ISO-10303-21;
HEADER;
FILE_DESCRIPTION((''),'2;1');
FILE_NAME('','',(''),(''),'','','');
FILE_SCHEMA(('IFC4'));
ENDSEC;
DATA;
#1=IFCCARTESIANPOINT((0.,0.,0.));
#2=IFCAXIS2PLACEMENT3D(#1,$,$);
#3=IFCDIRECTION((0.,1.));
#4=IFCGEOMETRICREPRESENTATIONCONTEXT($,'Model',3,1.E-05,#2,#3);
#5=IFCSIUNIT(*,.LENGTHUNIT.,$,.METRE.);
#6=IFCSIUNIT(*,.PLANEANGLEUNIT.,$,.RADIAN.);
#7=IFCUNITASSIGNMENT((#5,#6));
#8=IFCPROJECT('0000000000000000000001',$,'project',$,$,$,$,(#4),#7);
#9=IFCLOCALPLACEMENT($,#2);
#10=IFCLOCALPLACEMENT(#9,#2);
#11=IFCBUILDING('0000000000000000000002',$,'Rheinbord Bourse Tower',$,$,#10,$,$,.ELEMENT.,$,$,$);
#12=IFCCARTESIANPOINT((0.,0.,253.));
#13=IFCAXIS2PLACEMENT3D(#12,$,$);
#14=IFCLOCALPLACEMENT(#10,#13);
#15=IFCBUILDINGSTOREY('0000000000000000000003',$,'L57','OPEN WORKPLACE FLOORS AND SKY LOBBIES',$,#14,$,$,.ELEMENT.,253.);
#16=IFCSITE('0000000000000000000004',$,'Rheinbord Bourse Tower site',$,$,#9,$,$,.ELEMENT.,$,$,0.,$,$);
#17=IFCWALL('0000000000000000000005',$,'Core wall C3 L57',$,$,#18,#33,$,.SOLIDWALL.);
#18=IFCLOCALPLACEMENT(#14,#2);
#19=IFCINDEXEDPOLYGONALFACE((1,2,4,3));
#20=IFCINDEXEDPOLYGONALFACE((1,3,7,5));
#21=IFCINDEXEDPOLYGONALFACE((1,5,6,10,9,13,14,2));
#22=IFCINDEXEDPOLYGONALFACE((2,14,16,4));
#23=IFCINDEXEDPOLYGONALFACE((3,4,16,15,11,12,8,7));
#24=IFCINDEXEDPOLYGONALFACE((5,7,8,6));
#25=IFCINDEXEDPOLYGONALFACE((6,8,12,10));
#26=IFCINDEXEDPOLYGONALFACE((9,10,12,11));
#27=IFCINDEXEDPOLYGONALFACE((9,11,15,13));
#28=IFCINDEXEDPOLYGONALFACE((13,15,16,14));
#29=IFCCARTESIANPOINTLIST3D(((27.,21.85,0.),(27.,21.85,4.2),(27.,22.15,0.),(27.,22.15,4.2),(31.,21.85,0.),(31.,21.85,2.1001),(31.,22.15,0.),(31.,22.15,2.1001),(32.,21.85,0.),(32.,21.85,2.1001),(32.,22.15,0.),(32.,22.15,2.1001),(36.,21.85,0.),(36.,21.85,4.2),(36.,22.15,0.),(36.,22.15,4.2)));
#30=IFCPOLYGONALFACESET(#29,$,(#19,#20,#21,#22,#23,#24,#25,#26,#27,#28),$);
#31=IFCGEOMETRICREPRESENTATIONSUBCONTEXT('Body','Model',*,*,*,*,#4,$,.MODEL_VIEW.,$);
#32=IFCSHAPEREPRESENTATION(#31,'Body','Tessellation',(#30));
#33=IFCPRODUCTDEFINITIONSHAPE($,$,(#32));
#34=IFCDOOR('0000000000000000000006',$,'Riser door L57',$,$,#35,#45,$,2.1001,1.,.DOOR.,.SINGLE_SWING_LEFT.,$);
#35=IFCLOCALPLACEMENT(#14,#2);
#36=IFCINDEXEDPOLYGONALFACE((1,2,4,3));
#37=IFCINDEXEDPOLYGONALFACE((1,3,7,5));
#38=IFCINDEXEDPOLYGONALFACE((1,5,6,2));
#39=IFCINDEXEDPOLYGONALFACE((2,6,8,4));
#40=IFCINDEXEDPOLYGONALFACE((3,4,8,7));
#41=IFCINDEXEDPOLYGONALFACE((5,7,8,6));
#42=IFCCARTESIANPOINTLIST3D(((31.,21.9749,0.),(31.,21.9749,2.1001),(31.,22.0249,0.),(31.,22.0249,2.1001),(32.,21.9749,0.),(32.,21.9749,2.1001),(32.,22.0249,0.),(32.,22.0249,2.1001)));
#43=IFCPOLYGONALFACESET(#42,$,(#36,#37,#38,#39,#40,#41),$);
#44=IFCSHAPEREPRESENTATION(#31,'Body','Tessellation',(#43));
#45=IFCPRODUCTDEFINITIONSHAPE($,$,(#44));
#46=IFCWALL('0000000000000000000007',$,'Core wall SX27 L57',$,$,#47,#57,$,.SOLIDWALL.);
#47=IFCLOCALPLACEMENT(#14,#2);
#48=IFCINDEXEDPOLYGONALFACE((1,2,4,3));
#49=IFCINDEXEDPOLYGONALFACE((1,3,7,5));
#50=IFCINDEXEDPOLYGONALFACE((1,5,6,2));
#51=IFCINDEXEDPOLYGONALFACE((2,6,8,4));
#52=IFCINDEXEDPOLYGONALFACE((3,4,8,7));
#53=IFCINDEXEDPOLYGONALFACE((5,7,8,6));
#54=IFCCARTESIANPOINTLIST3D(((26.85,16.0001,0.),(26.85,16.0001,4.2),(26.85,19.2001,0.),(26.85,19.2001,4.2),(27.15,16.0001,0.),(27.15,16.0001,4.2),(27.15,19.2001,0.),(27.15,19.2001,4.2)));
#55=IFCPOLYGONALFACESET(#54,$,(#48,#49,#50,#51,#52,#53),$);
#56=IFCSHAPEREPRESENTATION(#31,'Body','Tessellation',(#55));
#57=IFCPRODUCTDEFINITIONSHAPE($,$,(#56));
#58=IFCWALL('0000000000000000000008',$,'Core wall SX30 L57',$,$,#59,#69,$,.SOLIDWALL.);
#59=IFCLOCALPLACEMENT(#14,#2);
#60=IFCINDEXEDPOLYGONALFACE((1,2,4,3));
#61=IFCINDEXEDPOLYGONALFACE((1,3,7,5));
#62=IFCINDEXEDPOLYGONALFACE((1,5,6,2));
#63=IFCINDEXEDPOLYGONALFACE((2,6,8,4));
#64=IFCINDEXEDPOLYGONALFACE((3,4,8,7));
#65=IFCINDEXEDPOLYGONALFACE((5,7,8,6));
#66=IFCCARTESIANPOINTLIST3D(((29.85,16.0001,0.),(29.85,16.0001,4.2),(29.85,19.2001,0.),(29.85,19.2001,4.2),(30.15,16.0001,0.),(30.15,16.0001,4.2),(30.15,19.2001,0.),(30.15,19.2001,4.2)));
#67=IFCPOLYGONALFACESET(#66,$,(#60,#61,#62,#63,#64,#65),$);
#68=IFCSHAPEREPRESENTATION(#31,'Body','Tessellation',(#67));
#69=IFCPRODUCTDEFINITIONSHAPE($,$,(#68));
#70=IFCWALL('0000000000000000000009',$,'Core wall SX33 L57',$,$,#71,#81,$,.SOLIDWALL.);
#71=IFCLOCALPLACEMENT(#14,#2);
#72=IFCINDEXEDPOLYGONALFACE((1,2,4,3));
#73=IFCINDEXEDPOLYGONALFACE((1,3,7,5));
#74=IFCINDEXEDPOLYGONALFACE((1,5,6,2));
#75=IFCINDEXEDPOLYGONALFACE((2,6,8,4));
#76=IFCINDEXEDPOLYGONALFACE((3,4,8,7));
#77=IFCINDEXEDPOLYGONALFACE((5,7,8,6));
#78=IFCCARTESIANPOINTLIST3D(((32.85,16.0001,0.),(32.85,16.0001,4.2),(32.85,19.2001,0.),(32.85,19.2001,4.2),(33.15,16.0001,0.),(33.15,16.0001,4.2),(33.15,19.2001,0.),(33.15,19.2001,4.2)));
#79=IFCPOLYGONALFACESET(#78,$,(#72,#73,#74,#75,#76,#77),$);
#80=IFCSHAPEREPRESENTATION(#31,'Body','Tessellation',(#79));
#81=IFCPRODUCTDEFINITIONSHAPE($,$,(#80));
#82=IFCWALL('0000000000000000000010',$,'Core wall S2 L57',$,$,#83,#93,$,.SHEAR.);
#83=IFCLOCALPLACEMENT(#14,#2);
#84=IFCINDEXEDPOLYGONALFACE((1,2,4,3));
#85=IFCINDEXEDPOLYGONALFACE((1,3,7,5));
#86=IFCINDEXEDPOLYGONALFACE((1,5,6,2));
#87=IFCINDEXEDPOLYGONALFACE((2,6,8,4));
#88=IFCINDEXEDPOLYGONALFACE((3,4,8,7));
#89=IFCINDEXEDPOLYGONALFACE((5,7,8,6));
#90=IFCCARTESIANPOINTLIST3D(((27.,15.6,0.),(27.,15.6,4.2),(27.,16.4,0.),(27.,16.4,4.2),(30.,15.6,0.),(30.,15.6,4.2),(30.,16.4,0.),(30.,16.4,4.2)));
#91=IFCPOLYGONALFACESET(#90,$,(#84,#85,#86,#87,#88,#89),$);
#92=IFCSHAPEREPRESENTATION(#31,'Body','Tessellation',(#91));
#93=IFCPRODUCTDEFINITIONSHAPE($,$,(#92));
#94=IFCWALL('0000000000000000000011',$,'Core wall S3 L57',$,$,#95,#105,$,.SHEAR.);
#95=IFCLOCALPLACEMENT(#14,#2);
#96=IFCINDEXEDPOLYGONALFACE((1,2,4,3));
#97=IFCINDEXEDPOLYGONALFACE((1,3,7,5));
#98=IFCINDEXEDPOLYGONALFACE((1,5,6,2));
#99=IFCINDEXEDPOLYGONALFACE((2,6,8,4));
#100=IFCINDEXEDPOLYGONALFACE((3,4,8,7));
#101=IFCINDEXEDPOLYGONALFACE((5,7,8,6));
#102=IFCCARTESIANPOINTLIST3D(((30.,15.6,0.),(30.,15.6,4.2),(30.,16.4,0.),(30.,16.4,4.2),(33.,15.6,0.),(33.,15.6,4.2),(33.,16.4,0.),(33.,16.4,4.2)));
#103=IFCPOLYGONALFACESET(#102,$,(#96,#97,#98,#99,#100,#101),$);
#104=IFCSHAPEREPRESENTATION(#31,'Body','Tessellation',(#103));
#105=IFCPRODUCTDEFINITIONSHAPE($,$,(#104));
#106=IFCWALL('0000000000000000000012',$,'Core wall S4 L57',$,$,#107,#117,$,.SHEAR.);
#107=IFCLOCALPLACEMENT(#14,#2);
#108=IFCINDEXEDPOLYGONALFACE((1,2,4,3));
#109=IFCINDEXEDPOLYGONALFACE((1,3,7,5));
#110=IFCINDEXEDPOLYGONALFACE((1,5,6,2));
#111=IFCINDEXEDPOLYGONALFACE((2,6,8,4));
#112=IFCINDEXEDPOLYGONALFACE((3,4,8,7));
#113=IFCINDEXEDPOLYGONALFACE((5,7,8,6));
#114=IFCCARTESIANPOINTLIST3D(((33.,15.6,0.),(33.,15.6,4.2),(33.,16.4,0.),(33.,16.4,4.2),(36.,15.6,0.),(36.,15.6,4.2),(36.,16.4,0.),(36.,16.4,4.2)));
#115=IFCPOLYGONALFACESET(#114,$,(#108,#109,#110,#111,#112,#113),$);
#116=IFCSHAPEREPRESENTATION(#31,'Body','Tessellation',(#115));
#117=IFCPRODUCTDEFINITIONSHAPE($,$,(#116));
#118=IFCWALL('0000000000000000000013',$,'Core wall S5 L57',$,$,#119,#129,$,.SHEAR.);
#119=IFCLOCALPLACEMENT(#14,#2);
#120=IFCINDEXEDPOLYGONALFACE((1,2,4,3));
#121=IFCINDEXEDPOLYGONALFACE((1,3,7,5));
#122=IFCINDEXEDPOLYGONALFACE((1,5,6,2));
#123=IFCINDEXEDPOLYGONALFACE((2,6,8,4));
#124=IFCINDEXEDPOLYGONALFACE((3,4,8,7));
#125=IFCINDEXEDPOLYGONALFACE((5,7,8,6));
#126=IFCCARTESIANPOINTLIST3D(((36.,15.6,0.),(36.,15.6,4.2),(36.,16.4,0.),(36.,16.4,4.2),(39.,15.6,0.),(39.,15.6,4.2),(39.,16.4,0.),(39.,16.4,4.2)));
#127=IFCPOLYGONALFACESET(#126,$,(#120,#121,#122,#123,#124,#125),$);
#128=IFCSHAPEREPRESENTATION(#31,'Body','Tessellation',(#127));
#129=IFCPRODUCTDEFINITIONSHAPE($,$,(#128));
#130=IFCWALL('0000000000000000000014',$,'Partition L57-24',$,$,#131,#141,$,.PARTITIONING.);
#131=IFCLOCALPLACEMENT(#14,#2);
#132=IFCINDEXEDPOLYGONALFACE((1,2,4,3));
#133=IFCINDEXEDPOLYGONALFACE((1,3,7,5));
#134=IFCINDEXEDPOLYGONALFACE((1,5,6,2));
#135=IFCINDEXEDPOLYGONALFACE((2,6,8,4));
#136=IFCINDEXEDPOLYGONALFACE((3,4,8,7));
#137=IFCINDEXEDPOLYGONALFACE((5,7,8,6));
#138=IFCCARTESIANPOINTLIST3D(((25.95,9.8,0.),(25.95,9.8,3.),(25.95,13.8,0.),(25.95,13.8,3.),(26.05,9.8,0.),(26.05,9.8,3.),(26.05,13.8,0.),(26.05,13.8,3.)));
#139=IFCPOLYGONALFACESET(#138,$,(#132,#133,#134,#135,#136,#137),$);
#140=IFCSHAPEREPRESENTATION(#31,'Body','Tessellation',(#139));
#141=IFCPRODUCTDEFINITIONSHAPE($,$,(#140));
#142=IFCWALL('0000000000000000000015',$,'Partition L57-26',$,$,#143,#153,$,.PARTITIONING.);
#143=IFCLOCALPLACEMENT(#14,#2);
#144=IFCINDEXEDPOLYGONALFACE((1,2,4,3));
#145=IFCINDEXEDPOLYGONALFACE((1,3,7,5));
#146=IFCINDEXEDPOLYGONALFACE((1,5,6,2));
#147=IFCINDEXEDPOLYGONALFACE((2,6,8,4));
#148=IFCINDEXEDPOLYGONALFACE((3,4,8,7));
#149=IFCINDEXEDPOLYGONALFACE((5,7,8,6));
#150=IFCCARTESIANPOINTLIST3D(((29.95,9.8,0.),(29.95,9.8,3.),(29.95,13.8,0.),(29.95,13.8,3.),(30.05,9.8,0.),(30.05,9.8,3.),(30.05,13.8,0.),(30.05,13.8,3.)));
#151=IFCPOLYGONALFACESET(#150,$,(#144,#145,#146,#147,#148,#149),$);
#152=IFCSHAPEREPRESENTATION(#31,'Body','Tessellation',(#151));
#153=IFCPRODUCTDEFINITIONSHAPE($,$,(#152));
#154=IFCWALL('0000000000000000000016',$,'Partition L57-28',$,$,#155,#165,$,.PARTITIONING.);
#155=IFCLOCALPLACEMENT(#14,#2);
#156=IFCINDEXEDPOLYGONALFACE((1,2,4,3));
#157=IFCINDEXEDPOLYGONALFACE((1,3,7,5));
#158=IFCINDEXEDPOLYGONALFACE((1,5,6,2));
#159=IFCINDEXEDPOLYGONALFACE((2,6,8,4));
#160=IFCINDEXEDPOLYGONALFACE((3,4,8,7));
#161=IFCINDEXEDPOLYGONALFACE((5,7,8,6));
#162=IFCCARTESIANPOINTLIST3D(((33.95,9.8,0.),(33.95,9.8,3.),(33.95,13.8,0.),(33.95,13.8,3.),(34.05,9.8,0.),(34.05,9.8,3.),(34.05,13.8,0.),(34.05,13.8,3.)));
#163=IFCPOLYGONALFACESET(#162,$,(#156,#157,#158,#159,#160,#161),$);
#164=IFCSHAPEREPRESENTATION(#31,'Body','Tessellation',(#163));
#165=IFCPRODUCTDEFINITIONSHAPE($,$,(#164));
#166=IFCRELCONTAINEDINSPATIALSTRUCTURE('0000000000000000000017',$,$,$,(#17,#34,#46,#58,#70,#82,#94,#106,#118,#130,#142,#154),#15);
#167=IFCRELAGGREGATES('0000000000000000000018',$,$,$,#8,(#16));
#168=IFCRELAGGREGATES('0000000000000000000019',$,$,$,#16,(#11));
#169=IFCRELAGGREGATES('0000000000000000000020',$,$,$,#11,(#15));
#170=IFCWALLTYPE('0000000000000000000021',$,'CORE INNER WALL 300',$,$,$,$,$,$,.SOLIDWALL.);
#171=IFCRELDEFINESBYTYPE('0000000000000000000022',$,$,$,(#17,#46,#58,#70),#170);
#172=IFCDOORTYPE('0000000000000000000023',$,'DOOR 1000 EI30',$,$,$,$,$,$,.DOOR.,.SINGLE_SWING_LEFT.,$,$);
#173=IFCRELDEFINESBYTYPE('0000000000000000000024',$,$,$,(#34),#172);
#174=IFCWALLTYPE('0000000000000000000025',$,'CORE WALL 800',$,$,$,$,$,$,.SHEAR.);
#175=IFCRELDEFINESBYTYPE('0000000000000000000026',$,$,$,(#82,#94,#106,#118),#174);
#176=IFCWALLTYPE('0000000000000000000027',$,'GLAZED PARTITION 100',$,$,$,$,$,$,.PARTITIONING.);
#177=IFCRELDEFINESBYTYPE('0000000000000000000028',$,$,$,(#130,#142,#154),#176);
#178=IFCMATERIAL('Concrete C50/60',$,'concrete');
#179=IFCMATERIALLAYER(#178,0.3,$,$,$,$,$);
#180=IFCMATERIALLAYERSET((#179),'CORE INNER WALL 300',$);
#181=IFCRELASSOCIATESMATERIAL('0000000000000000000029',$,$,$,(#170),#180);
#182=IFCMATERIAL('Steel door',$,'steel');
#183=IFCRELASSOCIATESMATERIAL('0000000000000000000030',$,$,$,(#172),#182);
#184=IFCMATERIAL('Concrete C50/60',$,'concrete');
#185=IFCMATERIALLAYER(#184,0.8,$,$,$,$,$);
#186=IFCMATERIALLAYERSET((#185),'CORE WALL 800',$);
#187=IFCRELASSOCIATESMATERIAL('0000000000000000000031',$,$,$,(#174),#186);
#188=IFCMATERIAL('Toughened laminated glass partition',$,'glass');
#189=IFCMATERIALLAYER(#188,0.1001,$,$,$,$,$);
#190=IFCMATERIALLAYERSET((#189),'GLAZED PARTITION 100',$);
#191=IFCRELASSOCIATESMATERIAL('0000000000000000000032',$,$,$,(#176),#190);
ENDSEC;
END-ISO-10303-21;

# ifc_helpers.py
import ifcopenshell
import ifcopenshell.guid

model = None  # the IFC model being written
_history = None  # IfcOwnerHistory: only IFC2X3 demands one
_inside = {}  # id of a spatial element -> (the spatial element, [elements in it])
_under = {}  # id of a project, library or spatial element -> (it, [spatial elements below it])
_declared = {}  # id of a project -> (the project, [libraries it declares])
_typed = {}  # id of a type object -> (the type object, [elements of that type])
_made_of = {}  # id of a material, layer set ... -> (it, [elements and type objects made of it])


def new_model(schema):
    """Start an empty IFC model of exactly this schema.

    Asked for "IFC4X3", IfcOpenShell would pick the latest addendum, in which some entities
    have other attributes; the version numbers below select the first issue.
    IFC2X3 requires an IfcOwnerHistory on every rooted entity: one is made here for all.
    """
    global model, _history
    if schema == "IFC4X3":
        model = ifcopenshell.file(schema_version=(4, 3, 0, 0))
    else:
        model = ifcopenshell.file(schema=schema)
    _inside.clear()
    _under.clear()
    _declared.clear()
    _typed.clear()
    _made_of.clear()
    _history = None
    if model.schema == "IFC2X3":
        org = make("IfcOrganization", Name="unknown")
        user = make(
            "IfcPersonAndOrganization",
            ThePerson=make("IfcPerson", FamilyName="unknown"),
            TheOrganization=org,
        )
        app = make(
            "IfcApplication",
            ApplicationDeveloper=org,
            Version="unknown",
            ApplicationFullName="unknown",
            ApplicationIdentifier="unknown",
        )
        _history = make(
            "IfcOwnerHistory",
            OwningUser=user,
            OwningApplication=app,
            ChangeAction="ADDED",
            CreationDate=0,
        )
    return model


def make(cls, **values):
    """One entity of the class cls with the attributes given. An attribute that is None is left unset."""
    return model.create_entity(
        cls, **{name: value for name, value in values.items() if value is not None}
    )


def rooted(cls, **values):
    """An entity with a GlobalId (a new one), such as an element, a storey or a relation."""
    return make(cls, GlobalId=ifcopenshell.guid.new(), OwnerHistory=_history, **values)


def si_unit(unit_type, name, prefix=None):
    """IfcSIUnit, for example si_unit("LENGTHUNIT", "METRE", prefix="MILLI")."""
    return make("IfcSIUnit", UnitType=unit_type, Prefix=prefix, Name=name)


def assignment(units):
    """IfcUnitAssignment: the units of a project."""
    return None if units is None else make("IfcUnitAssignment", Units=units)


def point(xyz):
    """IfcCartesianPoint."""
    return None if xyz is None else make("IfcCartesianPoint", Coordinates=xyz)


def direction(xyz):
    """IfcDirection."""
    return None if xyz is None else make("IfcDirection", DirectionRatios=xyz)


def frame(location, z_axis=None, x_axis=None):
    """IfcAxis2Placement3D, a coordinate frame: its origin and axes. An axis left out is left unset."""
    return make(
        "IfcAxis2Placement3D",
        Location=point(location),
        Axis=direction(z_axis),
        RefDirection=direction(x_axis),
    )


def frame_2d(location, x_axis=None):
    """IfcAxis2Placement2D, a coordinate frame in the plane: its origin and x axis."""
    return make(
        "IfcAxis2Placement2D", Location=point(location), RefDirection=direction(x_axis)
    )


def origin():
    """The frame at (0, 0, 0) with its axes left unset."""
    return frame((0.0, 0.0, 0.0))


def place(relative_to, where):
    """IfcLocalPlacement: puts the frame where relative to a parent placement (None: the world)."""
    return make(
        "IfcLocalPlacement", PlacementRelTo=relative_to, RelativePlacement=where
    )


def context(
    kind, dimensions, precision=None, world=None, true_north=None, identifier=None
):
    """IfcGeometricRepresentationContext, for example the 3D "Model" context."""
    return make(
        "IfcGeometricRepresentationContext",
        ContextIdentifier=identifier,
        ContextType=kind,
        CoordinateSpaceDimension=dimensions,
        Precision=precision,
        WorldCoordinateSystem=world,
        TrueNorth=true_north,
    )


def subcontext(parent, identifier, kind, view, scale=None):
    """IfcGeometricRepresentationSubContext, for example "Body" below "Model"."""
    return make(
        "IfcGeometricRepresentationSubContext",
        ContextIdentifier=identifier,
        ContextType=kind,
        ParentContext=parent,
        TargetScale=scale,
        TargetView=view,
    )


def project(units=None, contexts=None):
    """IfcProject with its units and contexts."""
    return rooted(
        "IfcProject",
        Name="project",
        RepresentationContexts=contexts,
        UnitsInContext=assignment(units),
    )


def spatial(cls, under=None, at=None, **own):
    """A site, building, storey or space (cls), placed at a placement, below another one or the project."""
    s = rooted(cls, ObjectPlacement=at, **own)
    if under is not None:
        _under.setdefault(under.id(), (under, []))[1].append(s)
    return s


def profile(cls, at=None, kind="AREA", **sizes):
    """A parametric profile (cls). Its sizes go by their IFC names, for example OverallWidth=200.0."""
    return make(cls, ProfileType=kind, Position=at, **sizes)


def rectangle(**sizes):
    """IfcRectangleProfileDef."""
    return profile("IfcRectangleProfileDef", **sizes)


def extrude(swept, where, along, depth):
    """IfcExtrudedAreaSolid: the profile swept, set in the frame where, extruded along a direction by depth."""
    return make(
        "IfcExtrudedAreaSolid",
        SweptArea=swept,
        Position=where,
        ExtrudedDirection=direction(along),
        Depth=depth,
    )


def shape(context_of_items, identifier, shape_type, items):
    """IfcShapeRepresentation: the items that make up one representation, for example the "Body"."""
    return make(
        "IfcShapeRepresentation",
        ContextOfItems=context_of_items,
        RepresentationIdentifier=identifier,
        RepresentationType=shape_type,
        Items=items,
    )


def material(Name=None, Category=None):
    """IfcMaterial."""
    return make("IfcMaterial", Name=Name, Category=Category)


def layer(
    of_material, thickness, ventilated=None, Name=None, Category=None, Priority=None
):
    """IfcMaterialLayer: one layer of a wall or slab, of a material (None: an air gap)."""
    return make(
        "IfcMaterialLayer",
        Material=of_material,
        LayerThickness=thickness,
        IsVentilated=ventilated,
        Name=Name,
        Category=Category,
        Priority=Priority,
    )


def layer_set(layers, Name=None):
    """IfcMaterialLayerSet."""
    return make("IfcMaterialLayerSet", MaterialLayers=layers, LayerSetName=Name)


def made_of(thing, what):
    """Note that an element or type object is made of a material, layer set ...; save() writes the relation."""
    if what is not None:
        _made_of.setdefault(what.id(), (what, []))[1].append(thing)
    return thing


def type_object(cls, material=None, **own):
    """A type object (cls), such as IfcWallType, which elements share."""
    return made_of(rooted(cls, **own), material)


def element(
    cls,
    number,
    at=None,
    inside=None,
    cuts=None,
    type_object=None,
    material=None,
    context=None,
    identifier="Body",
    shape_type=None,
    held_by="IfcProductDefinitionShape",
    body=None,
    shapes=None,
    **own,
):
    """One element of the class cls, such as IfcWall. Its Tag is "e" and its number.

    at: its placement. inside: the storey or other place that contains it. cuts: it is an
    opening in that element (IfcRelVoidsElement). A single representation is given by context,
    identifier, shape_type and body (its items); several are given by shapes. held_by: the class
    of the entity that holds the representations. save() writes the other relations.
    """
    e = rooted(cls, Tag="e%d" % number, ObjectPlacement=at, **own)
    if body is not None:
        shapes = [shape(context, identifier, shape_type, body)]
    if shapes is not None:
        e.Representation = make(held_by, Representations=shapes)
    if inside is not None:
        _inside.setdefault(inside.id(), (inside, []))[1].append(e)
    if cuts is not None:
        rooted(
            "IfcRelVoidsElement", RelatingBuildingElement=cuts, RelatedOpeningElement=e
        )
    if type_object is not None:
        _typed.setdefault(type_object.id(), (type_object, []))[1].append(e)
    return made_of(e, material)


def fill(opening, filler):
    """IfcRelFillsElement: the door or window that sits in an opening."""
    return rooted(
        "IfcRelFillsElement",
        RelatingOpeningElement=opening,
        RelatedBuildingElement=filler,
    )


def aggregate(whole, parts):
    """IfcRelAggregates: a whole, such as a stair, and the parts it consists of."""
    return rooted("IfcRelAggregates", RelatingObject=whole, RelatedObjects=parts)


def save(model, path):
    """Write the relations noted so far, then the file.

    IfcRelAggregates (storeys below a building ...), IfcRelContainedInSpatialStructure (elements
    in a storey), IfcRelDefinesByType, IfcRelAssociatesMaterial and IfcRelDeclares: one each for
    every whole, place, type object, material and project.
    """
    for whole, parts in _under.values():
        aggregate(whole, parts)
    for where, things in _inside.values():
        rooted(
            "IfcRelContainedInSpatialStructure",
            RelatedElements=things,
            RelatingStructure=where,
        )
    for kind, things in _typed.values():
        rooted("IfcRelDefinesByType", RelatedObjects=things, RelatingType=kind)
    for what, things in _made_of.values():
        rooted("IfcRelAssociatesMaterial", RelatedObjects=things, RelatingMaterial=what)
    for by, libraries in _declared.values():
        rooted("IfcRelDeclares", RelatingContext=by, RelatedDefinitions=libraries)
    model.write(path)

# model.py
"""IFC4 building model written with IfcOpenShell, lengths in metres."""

from ifc_helpers import new_model, si_unit, direction, frame, frame_2d, origin, place, context, subcontext, project, spatial, rectangle, extrude, material, layer, layer_set, type_object, element, fill, save


model = new_model("IFC4")

# Units and contexts
model_context = context("Model", 3, precision=1e-05, world=origin(), true_north=direction((0.0, 1.0)))
body_context = subcontext(model_context, "Body", "Model", "MODEL_VIEW")
ifc_project = project(units=[si_unit("LENGTHUNIT", "METRE"), si_unit("PLANEANGLEUNIT", "RADIAN")], contexts=[model_context])

# Site, building, storey
site_placement = place(None, origin())
site = spatial("IfcSite", under=ifc_project, at=site_placement, Name="Rheinbord Bourse Tower site", CompositionType="ELEMENT", RefElevation=0.0)
building_placement = place(site_placement, origin())
building = spatial("IfcBuilding", under=site, at=building_placement, Name="Rheinbord Bourse Tower", CompositionType="ELEMENT")
storey_placement = place(building_placement, frame((0.0, 0.0, 253.0)))
storey = spatial("IfcBuildingStorey", under=building, at=storey_placement, Name="L57", Description="OPEN WORKPLACE FLOORS AND SKY LOBBIES", CompositionType="ELEMENT", Elevation=253.0)

# Wall, opening, door
ifc_material_1 = material(Name="Concrete C50/60", Category="concrete")
ifc_layer_1 = layer(ifc_material_1, 0.3)
ifc_layer_set_1 = layer_set([ifc_layer_1], Name="CORE INNER WALL 300")
wall_type_1 = type_object("IfcWallType", Name="CORE INNER WALL 300", PredefinedType="SOLIDWALL", material=ifc_layer_set_1)
wall_1_placement = place(storey_placement, frame((27.0, 22.0, 0.0), z_axis=(0.0, 0.0, 1.0), x_axis=(1.0, 0.0, 0.0)))
wall_1 = element("IfcWall", 1, at=wall_1_placement, inside=storey, type_object=wall_type_1, Name="Core wall C3 L57", PredefinedType="SOLIDWALL", context=body_context, shape_type="SweptSolid", body=[
    extrude(rectangle(XDim=9.0, YDim=0.3, at=frame_2d((4.5, 0.0))), origin(), (0.0, 0.0, 1.0), 4.2),
])
opening_1_placement = place(wall_1_placement, frame((4.0, 0.0, 0.0)))
opening_1 = element("IfcOpeningElement", 2, at=opening_1_placement, cuts=wall_1, PredefinedType="OPENING", context=body_context, shape_type="SweptSolid", body=[
    extrude(rectangle(XDim=1.0, YDim=2.1001, at=frame_2d((0.5, 1.05))), frame((0.0, 0.1599, 0.0), z_axis=(0.0, -1.0, 0.0), x_axis=(1.0, 0.0, 0.0)), (0.0, 0.0, 1.0), 0.3201),
])
ifc_material_2 = material(Name="Steel door", Category="steel")
door_type_1 = type_object("IfcDoorType", Name="DOOR 1000 EI30", OperationType="SINGLE_SWING_LEFT", PredefinedType="DOOR", material=ifc_material_2)
door_1_placement = place(opening_1_placement, origin())
door_1 = element("IfcDoor", 3, at=door_1_placement, inside=storey, type_object=door_type_1, Name="Riser door L57", OperationType="SINGLE_SWING_LEFT", OverallHeight=2.1001, OverallWidth=1.0, PredefinedType="DOOR", context=body_context, shape_type="SweptSolid", body=[
    extrude(rectangle(XDim=1.0, YDim=2.1001, at=frame_2d((0.5, 1.05))), frame((0.0, 0.0249, 0.0), z_axis=(0.0, -1.0, 0.0), x_axis=(1.0, 0.0, 0.0)), (0.0, 0.0, 1.0), 0.05),
])
fill(opening_1, door_1)

# Walls
for number, where, z_axis, x_axis, name in (
    (4, (27.0, 16.0, 0.0), (0.0, 0.0, 1.0), (0.0, 1.0, 0.0), "Core wall SX27 L57"),
    (5, (30.0, 16.0, 0.0), (0.0, 0.0, 1.0), (0.0, 1.0, 0.0), "Core wall SX30 L57"),
    (6, (33.0, 16.0, 0.0), (0.0, 0.0, 1.0), (0.0, 1.0, 0.0), "Core wall SX33 L57"),
):
    element("IfcWall", number, at=place(storey_placement, frame(where, z_axis=z_axis, x_axis=x_axis)), inside=storey, type_object=wall_type_1, Name=name, PredefinedType="SOLIDWALL", context=body_context, shape_type="SweptSolid", body=[
        extrude(rectangle(XDim=3.2, YDim=0.3, at=frame_2d((1.6001, 0.0))), origin(), (0.0, 0.0, 1.0), 4.2),
    ])
ifc_material_3 = material(Name="Concrete C50/60", Category="concrete")
ifc_layer_2 = layer(ifc_material_3, 0.8)
ifc_layer_set_2 = layer_set([ifc_layer_2], Name="CORE WALL 800")
wall_type_2 = type_object("IfcWallType", Name="CORE WALL 800", PredefinedType="SHEAR", material=ifc_layer_set_2)
for number, where, z_axis, x_axis, name in (
    (7, (27.0, 16.0, 0.0), (0.0, 0.0, 1.0), (1.0, 0.0, 0.0), "Core wall S2 L57"),
    (8, (30.0, 16.0, 0.0), (0.0, 0.0, 1.0), (1.0, 0.0, 0.0), "Core wall S3 L57"),
    (9, (33.0, 16.0, 0.0), (0.0, 0.0, 1.0), (1.0, 0.0, 0.0), "Core wall S4 L57"),
    (10, (36.0, 16.0, 0.0), (0.0, 0.0, 1.0), (1.0, 0.0, 0.0), "Core wall S5 L57"),
):
    element("IfcWall", number, at=place(storey_placement, frame(where, z_axis=z_axis, x_axis=x_axis)), inside=storey, type_object=wall_type_2, Name=name, PredefinedType="SHEAR", context=body_context, shape_type="SweptSolid", body=[
        extrude(rectangle(XDim=3.0, YDim=0.8, at=frame_2d((1.5, 0.0))), origin(), (0.0, 0.0, 1.0), 4.2),
    ])
ifc_material_4 = material(Name="Toughened laminated glass partition", Category="glass")
ifc_layer_3 = layer(ifc_material_4, 0.1001)
ifc_layer_set_3 = layer_set([ifc_layer_3], Name="GLAZED PARTITION 100")
wall_type_3 = type_object("IfcWallType", Name="GLAZED PARTITION 100", PredefinedType="PARTITIONING", material=ifc_layer_set_3)
for number, where, z_axis, x_axis, name in (
    (11, (26.0, 9.8, 0.0), (0.0, 0.0, 1.0), (0.0, 1.0, 0.0), "Partition L57-24"),
    (12, (30.0, 9.8, 0.0), (0.0, 0.0, 1.0), (0.0, 1.0, 0.0), "Partition L57-26"),
    (13, (34.0, 9.8, 0.0), (0.0, 0.0, 1.0), (0.0, 1.0, 0.0), "Partition L57-28"),
):
    element("IfcWall", number, at=place(storey_placement, frame(where, z_axis=z_axis, x_axis=x_axis)), inside=storey, type_object=wall_type_3, Name=name, PredefinedType="PARTITIONING", context=body_context, shape_type="SweptSolid", body=[
        extrude(rectangle(XDim=4.0, YDim=0.1001, at=frame_2d((2.0, 0.0))), origin(), (0.0, 0.0, 1.0), 3.0),
    ])

save(model, "model.ifc")
